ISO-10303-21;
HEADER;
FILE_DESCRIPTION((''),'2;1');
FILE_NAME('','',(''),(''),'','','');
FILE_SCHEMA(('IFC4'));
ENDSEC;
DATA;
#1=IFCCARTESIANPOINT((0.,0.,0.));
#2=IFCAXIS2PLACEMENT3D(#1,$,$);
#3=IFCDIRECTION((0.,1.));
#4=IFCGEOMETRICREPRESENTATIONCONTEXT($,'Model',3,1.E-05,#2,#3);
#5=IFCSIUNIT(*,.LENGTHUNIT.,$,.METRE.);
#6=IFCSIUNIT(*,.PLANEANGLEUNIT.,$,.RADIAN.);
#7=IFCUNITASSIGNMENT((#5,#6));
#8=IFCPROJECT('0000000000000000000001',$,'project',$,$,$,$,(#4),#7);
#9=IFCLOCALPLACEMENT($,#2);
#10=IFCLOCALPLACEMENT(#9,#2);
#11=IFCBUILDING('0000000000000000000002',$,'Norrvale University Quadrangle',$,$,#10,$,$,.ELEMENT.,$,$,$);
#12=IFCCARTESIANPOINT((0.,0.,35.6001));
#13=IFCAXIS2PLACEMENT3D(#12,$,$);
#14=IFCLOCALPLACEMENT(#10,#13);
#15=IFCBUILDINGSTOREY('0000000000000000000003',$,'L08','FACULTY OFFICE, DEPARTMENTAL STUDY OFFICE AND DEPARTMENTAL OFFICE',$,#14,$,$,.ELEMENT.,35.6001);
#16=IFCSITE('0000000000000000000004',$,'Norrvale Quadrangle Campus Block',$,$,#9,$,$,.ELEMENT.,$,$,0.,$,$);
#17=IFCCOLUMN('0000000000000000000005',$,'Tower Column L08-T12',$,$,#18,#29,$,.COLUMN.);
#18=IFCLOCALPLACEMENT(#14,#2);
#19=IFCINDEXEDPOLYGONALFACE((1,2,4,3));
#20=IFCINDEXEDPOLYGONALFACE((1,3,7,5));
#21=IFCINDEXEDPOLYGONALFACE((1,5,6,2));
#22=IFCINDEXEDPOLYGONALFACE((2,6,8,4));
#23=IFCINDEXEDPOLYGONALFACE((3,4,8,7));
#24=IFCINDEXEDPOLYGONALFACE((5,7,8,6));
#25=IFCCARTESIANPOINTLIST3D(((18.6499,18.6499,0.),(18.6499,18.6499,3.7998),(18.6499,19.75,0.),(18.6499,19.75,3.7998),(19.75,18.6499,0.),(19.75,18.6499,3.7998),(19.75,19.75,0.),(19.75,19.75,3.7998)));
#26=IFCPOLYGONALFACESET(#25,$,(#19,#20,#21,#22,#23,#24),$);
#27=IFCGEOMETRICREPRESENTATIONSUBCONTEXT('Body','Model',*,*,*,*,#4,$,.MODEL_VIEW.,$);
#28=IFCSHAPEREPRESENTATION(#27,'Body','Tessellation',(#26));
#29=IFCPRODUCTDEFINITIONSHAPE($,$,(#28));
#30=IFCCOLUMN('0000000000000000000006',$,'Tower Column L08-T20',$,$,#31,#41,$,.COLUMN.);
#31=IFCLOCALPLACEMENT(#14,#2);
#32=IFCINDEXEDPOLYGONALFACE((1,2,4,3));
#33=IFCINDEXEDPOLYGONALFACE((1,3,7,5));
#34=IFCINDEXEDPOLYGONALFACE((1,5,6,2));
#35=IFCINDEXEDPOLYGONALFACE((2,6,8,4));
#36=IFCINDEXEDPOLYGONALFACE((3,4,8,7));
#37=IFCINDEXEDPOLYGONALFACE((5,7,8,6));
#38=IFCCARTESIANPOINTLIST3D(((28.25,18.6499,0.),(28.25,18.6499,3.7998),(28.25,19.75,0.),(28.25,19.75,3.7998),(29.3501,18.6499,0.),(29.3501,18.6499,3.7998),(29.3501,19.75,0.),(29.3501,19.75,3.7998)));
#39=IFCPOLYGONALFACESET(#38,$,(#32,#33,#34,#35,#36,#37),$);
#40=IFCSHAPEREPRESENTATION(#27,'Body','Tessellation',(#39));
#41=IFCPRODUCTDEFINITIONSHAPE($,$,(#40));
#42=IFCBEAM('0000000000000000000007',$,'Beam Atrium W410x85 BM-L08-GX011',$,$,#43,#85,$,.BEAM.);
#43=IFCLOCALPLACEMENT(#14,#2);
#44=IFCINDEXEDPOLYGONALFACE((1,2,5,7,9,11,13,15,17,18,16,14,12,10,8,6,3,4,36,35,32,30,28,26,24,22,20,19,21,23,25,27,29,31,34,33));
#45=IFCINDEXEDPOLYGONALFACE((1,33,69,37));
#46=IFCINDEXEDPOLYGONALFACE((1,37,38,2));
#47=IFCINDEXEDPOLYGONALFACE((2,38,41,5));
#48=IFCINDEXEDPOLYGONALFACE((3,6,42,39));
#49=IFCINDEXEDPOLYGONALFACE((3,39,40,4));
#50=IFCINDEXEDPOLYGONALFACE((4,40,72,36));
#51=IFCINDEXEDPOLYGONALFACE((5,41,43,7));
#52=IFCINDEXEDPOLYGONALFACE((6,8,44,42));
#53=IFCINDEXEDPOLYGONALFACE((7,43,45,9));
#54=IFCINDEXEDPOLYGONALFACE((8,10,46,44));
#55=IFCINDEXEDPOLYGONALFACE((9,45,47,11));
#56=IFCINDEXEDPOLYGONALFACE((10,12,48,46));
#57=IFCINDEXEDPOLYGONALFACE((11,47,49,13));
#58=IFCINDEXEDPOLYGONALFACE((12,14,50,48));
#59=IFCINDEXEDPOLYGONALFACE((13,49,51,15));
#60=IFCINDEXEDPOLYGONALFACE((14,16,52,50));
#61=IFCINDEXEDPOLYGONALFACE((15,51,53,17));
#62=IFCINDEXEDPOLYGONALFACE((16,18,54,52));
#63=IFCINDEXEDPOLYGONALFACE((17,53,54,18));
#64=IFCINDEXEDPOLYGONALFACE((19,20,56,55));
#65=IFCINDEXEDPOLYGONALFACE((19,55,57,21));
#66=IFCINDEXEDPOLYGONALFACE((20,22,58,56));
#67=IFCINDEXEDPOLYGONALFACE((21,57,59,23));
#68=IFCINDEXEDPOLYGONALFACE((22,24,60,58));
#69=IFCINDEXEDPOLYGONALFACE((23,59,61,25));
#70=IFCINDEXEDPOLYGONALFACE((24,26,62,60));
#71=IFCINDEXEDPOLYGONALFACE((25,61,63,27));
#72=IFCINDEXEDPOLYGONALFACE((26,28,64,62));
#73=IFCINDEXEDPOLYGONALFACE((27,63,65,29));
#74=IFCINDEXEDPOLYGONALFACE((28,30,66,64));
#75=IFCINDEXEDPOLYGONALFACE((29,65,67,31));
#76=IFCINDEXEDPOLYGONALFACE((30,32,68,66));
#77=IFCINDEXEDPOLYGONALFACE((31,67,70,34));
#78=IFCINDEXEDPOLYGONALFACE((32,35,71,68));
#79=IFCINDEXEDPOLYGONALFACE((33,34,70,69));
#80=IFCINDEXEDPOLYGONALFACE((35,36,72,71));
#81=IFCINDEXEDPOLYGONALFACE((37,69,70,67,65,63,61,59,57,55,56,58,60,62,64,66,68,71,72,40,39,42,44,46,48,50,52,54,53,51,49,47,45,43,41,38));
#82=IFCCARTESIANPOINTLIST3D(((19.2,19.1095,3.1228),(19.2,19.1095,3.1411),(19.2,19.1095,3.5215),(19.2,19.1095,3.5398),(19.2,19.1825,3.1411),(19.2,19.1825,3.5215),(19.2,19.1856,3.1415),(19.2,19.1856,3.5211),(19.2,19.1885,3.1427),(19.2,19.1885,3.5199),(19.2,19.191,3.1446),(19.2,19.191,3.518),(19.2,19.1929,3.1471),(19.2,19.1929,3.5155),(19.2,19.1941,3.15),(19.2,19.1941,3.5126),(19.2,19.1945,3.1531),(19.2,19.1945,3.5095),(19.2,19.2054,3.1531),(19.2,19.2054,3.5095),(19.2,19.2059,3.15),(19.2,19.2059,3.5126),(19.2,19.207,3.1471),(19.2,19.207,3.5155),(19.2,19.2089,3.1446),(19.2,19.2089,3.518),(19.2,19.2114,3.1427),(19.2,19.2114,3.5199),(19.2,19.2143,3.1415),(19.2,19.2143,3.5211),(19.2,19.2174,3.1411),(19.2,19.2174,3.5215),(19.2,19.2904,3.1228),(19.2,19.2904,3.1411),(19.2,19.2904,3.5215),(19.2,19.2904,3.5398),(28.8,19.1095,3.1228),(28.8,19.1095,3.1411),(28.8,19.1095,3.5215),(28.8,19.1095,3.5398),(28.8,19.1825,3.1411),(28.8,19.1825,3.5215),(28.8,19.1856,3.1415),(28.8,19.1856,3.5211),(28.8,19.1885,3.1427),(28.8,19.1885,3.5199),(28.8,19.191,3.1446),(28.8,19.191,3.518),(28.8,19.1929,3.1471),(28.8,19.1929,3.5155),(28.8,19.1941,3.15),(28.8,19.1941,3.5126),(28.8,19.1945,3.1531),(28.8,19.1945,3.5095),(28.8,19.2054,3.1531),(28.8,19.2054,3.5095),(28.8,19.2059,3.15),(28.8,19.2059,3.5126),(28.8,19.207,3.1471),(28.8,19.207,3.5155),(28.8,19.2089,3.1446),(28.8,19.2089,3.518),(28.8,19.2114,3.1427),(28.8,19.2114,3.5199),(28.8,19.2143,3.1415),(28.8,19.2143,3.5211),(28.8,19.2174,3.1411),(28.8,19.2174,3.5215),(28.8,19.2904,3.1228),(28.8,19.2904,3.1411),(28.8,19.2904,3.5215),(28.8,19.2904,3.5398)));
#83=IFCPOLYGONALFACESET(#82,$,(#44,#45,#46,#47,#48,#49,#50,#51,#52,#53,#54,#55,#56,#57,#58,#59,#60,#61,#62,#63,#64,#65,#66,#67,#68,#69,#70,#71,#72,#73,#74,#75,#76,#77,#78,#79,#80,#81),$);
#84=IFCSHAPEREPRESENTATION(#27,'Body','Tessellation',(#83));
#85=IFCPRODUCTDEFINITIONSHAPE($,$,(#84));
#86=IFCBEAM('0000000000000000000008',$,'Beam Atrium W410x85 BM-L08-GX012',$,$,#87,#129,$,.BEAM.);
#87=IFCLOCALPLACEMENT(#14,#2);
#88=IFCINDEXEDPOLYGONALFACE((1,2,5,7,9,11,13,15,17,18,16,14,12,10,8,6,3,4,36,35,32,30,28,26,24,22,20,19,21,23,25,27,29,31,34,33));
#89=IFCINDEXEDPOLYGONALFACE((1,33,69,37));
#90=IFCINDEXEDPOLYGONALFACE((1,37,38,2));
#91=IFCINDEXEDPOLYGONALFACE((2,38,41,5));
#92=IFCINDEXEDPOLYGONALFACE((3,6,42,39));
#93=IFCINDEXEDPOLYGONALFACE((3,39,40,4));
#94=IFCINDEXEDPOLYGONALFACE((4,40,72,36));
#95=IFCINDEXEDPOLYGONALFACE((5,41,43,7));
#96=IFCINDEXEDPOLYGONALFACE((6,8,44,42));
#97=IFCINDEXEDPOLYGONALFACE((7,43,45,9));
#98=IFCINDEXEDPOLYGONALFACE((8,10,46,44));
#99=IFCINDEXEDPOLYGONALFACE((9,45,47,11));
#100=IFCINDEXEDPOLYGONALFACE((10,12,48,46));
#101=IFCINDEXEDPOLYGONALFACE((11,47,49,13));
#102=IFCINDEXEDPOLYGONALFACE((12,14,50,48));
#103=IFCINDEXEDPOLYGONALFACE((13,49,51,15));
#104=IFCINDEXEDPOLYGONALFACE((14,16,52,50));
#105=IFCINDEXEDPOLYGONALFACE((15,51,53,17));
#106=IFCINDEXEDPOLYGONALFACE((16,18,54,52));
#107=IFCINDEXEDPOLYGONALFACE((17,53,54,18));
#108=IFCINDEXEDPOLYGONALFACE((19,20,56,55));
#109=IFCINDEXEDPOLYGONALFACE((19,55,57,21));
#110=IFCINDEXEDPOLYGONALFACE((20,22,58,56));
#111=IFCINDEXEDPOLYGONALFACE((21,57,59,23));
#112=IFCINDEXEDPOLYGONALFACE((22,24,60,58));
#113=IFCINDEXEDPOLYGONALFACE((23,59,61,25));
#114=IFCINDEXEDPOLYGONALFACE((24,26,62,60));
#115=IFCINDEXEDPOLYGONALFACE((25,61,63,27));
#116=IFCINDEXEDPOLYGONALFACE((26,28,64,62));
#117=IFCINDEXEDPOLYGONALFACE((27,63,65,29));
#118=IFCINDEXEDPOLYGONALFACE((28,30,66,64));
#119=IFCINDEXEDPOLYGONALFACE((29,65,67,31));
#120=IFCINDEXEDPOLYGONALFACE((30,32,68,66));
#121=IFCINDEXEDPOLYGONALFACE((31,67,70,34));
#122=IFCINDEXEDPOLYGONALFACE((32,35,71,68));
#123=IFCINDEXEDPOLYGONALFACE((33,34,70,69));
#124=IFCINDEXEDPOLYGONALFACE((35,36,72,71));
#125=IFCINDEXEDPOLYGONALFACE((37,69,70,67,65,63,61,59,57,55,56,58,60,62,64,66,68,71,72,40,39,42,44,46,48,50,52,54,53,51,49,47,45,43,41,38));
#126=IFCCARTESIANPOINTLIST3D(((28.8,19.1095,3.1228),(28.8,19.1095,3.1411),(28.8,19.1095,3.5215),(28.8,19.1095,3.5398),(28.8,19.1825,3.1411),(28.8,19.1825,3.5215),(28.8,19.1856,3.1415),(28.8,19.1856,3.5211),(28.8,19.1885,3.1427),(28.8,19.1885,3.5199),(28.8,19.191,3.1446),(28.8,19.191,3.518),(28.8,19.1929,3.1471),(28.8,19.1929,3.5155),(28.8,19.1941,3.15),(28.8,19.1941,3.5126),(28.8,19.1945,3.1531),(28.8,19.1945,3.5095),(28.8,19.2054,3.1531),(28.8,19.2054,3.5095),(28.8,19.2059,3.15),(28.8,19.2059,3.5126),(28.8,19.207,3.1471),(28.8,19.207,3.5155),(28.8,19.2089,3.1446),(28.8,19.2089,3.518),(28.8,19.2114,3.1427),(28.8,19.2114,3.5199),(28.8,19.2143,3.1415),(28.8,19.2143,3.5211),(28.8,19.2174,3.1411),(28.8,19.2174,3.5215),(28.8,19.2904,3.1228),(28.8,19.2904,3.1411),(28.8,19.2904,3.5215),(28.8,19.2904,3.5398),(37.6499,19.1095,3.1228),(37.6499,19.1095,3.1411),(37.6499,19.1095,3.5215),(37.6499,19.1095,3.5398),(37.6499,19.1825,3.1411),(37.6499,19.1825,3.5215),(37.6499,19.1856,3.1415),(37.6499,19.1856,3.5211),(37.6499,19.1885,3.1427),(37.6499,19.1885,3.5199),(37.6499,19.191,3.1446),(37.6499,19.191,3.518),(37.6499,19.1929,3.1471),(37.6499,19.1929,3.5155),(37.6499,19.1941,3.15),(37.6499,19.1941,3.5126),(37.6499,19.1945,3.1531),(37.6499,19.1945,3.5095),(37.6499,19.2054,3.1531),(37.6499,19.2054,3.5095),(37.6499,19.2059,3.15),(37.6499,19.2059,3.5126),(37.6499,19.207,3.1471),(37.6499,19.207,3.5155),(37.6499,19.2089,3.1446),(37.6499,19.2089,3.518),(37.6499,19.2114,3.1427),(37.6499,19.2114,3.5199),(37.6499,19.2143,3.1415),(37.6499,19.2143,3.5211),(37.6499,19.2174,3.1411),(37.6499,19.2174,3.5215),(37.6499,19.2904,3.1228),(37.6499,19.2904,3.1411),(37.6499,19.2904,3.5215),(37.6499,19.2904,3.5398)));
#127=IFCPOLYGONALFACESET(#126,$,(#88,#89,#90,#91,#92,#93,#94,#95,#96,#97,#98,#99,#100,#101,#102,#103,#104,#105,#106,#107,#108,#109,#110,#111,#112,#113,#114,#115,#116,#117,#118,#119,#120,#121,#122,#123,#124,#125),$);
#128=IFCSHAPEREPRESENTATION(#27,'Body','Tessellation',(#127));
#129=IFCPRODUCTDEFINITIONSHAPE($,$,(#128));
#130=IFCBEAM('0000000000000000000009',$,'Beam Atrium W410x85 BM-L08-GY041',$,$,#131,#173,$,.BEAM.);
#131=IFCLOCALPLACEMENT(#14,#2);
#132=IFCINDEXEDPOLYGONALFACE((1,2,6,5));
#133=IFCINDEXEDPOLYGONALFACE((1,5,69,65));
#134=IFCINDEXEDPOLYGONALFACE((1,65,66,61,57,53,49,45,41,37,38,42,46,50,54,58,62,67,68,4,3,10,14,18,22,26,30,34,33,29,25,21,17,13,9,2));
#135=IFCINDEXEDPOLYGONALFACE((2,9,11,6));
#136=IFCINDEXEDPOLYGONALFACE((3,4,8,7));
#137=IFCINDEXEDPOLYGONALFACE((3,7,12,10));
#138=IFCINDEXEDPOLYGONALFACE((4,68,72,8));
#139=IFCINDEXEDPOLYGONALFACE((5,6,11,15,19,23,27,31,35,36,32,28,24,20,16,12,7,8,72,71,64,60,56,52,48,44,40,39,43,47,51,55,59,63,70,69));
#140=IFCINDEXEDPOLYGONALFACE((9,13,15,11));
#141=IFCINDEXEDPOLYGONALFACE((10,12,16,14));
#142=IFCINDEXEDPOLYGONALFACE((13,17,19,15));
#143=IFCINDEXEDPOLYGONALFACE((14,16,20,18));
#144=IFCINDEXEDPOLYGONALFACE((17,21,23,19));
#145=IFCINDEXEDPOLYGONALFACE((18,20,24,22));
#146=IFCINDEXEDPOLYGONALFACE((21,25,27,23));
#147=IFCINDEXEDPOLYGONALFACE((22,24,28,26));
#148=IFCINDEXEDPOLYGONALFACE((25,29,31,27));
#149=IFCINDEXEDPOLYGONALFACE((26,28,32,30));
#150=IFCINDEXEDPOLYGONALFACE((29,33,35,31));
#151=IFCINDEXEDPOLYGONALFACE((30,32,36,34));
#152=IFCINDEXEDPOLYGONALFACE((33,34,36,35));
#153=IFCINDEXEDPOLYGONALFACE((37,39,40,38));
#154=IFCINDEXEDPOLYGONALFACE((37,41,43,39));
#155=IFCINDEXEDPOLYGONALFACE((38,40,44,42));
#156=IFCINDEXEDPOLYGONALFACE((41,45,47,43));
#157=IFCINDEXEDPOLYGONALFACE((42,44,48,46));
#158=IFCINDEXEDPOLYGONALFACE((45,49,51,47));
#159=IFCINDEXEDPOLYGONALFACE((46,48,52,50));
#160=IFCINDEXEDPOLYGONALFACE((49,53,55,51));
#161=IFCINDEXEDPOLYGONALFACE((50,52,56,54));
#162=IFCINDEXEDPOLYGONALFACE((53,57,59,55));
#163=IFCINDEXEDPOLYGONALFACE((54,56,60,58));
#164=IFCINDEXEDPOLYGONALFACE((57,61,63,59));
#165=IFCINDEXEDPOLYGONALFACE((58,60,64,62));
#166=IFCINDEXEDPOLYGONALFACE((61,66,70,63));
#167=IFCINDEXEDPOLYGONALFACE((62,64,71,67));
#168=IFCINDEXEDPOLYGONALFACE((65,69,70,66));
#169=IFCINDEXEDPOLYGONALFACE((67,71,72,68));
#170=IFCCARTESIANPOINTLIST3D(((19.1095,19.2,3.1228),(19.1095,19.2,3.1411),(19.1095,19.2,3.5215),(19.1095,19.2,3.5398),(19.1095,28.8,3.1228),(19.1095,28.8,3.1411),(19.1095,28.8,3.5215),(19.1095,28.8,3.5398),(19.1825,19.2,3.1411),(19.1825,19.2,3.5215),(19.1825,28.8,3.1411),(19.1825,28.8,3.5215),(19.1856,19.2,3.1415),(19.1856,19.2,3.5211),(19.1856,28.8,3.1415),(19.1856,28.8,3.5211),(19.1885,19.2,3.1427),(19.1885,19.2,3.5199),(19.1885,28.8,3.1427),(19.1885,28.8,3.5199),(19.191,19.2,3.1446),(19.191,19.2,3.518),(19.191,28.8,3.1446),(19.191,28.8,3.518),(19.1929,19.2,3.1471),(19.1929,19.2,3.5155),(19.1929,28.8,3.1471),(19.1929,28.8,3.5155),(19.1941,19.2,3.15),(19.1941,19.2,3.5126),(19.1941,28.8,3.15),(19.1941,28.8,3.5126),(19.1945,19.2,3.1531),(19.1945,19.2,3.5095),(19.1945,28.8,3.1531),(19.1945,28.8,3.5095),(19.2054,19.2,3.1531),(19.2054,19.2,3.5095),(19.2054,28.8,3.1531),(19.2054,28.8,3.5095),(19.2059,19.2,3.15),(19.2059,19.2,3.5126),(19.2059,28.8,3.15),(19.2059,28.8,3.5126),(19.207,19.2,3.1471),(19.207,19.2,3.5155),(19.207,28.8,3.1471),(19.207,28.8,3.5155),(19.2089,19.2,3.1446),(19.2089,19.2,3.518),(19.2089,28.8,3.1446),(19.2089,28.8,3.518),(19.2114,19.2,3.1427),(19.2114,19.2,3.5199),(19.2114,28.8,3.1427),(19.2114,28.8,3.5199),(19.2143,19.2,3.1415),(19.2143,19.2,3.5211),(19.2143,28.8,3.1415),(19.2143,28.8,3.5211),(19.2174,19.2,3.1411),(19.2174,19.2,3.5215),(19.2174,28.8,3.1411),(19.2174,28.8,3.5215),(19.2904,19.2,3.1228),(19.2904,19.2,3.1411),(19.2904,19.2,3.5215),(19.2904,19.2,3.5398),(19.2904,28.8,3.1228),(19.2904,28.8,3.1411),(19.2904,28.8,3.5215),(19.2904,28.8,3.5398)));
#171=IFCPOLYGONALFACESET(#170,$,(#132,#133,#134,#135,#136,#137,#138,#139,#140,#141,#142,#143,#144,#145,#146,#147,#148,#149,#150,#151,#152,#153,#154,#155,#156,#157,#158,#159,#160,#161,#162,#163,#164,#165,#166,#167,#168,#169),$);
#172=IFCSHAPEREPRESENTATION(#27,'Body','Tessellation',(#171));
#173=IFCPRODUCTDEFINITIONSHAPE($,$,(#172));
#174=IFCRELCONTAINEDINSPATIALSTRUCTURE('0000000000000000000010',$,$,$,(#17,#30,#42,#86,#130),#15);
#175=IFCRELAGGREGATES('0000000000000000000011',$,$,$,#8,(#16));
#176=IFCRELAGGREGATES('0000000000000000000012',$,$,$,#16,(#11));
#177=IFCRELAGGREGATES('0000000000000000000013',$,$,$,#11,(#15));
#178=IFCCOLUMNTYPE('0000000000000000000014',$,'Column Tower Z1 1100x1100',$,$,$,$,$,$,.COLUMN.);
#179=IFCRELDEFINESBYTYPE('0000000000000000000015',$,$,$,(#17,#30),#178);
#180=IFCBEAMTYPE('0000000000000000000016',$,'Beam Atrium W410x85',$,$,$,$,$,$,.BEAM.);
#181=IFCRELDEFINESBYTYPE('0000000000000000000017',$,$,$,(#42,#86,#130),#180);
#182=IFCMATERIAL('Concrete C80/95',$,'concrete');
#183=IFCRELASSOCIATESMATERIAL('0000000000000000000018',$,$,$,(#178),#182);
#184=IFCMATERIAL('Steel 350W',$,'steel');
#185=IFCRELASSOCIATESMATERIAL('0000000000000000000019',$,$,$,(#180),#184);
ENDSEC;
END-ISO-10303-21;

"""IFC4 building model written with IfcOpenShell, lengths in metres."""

from ifc_helpers import new_model, si_unit, direction, frame, origin, origin_2d, place, context, subcontext, project, spatial, rectangle, i_section, extrude, material, material_profile, profile_set, type_object, element, save


model = new_model("IFC4")

# Units and contexts
model_context = context("Model", 3, precision=1e-05, world=origin(), true_north=direction((0.0, 1.0)))
body_context = subcontext(model_context, "Body", "Model", "MODEL_VIEW")
ifc_project = project(units=[si_unit("LENGTHUNIT", "METRE"), si_unit("PLANEANGLEUNIT", "RADIAN")], contexts=[model_context])

# Site, building, storey
site_placement = place(None, origin())
site = spatial("IfcSite", under=ifc_project, at=site_placement, Name="Norrvale Quadrangle Campus Block", CompositionType="ELEMENT", RefElevation=0.0)
building_placement = place(site_placement, origin())
building = spatial("IfcBuilding", under=site, at=building_placement, Name="Norrvale University Quadrangle", CompositionType="ELEMENT")
storey_placement = place(building_placement, frame((0.0, 0.0, 35.6001)))
storey = spatial("IfcBuildingStorey", under=building, at=storey_placement, Name="L08", Description="FACULTY OFFICE, DEPARTMENTAL STUDY OFFICE AND DEPARTMENTAL OFFICE", CompositionType="ELEMENT", Elevation=35.6001)

# Columns
ifc_material_1 = material(Name="Concrete C80/95", Category="concrete")
ifc_material_profile_1 = material_profile(ifc_material_1, rectangle(XDim=1.1001, YDim=1.1001, at=origin_2d()), Name="Concrete C80/95")
ifc_profile_set_1 = profile_set([ifc_material_profile_1], Name="Concrete C80/95")
column_type = type_object("IfcColumnType", Name="Column Tower Z1 1100x1100", PredefinedType="COLUMN", material=ifc_profile_set_1)
for number, where, z_axis, x_axis, name in (
    (1, (19.2, 19.2, 0.0), (0.0, 0.0, 1.0), (1.0, 0.0, 0.0), "Tower Column L08-T12"),
    (2, (28.8, 19.2, 0.0), (0.0, 0.0, 1.0), (1.0, 0.0, 0.0), "Tower Column L08-T20"),
):
    element("IfcColumn", number, at=place(storey_placement, frame(where, z_axis=z_axis, x_axis=x_axis)), inside=storey, type_object=column_type, Name=name, PredefinedType="COLUMN", context=body_context, shape_type="SweptSolid", body=[
        extrude(rectangle(XDim=1.1001, YDim=1.1001, at=origin_2d()), origin(), (0.0, 0.0, 1.0), 3.7998),
    ])

# Beams
ifc_material_2 = material(Name="Steel 350W", Category="steel")
ifc_material_profile_2 = material_profile(ifc_material_2, i_section(OverallWidth=0.1809, OverallDepth=0.417, WebThickness=0.011, FlangeThickness=0.0183, FilletRadius=0.012, at=origin_2d()), Name="Steel 350W")
ifc_profile_set_2 = profile_set([ifc_material_profile_2], Name="Steel 350W")
beam_type_1 = type_object("IfcBeamType", Name="Beam Atrium W410x85", PredefinedType="BEAM", material=ifc_profile_set_2)
beam_1_placement = place(storey_placement, frame((19.2, 19.2, 3.3313), z_axis=(1.0, 0.0, 0.0), x_axis=(0.0, 1.0, 0.0)))
element("IfcBeam", 3, at=beam_1_placement, inside=storey, type_object=beam_type_1, Name="Beam Atrium W410x85 BM-L08-GX011", PredefinedType="BEAM", context=body_context, shape_type="SweptSolid", body=[
    extrude(i_section(OverallWidth=0.1809, OverallDepth=0.417, WebThickness=0.011, FlangeThickness=0.0183, FilletRadius=0.012, at=origin_2d()), origin(), (0.0, 0.0, 1.0), 9.6001),
])
beam_2_placement = place(storey_placement, frame((28.8, 19.2, 3.3313), z_axis=(1.0, 0.0, 0.0), x_axis=(0.0, 1.0, 0.0)))
element("IfcBeam", 4, at=beam_2_placement, inside=storey, type_object=beam_type_1, Name="Beam Atrium W410x85 BM-L08-GX012", PredefinedType="BEAM", context=body_context, shape_type="SweptSolid", body=[
    extrude(i_section(OverallWidth=0.1809, OverallDepth=0.417, WebThickness=0.011, FlangeThickness=0.0183, FilletRadius=0.012, at=origin_2d()), origin(), (0.0, 0.0, 1.0), 8.8499),
])
for number, where, z_axis, x_axis, name in (
    (5, (19.2, 19.2, 3.3313), (0.0, 1.0, 0.0), (-1.0, 0.0, 0.0), "Beam Atrium W410x85 BM-L08-GY041"),
):
    element("IfcBeam", number, at=place(storey_placement, frame(where, z_axis=z_axis, x_axis=x_axis)), inside=storey, type_object=beam_type_1, Name=name, PredefinedType="BEAM", context=body_context, shape_type="SweptSolid", body=[
        extrude(i_section(OverallWidth=0.1809, OverallDepth=0.417, WebThickness=0.011, FlangeThickness=0.0183, FilletRadius=0.012, at=origin_2d()), origin(), (0.0, 0.0, 1.0), 9.6001),
    ])

save(model, "model.ifc")
